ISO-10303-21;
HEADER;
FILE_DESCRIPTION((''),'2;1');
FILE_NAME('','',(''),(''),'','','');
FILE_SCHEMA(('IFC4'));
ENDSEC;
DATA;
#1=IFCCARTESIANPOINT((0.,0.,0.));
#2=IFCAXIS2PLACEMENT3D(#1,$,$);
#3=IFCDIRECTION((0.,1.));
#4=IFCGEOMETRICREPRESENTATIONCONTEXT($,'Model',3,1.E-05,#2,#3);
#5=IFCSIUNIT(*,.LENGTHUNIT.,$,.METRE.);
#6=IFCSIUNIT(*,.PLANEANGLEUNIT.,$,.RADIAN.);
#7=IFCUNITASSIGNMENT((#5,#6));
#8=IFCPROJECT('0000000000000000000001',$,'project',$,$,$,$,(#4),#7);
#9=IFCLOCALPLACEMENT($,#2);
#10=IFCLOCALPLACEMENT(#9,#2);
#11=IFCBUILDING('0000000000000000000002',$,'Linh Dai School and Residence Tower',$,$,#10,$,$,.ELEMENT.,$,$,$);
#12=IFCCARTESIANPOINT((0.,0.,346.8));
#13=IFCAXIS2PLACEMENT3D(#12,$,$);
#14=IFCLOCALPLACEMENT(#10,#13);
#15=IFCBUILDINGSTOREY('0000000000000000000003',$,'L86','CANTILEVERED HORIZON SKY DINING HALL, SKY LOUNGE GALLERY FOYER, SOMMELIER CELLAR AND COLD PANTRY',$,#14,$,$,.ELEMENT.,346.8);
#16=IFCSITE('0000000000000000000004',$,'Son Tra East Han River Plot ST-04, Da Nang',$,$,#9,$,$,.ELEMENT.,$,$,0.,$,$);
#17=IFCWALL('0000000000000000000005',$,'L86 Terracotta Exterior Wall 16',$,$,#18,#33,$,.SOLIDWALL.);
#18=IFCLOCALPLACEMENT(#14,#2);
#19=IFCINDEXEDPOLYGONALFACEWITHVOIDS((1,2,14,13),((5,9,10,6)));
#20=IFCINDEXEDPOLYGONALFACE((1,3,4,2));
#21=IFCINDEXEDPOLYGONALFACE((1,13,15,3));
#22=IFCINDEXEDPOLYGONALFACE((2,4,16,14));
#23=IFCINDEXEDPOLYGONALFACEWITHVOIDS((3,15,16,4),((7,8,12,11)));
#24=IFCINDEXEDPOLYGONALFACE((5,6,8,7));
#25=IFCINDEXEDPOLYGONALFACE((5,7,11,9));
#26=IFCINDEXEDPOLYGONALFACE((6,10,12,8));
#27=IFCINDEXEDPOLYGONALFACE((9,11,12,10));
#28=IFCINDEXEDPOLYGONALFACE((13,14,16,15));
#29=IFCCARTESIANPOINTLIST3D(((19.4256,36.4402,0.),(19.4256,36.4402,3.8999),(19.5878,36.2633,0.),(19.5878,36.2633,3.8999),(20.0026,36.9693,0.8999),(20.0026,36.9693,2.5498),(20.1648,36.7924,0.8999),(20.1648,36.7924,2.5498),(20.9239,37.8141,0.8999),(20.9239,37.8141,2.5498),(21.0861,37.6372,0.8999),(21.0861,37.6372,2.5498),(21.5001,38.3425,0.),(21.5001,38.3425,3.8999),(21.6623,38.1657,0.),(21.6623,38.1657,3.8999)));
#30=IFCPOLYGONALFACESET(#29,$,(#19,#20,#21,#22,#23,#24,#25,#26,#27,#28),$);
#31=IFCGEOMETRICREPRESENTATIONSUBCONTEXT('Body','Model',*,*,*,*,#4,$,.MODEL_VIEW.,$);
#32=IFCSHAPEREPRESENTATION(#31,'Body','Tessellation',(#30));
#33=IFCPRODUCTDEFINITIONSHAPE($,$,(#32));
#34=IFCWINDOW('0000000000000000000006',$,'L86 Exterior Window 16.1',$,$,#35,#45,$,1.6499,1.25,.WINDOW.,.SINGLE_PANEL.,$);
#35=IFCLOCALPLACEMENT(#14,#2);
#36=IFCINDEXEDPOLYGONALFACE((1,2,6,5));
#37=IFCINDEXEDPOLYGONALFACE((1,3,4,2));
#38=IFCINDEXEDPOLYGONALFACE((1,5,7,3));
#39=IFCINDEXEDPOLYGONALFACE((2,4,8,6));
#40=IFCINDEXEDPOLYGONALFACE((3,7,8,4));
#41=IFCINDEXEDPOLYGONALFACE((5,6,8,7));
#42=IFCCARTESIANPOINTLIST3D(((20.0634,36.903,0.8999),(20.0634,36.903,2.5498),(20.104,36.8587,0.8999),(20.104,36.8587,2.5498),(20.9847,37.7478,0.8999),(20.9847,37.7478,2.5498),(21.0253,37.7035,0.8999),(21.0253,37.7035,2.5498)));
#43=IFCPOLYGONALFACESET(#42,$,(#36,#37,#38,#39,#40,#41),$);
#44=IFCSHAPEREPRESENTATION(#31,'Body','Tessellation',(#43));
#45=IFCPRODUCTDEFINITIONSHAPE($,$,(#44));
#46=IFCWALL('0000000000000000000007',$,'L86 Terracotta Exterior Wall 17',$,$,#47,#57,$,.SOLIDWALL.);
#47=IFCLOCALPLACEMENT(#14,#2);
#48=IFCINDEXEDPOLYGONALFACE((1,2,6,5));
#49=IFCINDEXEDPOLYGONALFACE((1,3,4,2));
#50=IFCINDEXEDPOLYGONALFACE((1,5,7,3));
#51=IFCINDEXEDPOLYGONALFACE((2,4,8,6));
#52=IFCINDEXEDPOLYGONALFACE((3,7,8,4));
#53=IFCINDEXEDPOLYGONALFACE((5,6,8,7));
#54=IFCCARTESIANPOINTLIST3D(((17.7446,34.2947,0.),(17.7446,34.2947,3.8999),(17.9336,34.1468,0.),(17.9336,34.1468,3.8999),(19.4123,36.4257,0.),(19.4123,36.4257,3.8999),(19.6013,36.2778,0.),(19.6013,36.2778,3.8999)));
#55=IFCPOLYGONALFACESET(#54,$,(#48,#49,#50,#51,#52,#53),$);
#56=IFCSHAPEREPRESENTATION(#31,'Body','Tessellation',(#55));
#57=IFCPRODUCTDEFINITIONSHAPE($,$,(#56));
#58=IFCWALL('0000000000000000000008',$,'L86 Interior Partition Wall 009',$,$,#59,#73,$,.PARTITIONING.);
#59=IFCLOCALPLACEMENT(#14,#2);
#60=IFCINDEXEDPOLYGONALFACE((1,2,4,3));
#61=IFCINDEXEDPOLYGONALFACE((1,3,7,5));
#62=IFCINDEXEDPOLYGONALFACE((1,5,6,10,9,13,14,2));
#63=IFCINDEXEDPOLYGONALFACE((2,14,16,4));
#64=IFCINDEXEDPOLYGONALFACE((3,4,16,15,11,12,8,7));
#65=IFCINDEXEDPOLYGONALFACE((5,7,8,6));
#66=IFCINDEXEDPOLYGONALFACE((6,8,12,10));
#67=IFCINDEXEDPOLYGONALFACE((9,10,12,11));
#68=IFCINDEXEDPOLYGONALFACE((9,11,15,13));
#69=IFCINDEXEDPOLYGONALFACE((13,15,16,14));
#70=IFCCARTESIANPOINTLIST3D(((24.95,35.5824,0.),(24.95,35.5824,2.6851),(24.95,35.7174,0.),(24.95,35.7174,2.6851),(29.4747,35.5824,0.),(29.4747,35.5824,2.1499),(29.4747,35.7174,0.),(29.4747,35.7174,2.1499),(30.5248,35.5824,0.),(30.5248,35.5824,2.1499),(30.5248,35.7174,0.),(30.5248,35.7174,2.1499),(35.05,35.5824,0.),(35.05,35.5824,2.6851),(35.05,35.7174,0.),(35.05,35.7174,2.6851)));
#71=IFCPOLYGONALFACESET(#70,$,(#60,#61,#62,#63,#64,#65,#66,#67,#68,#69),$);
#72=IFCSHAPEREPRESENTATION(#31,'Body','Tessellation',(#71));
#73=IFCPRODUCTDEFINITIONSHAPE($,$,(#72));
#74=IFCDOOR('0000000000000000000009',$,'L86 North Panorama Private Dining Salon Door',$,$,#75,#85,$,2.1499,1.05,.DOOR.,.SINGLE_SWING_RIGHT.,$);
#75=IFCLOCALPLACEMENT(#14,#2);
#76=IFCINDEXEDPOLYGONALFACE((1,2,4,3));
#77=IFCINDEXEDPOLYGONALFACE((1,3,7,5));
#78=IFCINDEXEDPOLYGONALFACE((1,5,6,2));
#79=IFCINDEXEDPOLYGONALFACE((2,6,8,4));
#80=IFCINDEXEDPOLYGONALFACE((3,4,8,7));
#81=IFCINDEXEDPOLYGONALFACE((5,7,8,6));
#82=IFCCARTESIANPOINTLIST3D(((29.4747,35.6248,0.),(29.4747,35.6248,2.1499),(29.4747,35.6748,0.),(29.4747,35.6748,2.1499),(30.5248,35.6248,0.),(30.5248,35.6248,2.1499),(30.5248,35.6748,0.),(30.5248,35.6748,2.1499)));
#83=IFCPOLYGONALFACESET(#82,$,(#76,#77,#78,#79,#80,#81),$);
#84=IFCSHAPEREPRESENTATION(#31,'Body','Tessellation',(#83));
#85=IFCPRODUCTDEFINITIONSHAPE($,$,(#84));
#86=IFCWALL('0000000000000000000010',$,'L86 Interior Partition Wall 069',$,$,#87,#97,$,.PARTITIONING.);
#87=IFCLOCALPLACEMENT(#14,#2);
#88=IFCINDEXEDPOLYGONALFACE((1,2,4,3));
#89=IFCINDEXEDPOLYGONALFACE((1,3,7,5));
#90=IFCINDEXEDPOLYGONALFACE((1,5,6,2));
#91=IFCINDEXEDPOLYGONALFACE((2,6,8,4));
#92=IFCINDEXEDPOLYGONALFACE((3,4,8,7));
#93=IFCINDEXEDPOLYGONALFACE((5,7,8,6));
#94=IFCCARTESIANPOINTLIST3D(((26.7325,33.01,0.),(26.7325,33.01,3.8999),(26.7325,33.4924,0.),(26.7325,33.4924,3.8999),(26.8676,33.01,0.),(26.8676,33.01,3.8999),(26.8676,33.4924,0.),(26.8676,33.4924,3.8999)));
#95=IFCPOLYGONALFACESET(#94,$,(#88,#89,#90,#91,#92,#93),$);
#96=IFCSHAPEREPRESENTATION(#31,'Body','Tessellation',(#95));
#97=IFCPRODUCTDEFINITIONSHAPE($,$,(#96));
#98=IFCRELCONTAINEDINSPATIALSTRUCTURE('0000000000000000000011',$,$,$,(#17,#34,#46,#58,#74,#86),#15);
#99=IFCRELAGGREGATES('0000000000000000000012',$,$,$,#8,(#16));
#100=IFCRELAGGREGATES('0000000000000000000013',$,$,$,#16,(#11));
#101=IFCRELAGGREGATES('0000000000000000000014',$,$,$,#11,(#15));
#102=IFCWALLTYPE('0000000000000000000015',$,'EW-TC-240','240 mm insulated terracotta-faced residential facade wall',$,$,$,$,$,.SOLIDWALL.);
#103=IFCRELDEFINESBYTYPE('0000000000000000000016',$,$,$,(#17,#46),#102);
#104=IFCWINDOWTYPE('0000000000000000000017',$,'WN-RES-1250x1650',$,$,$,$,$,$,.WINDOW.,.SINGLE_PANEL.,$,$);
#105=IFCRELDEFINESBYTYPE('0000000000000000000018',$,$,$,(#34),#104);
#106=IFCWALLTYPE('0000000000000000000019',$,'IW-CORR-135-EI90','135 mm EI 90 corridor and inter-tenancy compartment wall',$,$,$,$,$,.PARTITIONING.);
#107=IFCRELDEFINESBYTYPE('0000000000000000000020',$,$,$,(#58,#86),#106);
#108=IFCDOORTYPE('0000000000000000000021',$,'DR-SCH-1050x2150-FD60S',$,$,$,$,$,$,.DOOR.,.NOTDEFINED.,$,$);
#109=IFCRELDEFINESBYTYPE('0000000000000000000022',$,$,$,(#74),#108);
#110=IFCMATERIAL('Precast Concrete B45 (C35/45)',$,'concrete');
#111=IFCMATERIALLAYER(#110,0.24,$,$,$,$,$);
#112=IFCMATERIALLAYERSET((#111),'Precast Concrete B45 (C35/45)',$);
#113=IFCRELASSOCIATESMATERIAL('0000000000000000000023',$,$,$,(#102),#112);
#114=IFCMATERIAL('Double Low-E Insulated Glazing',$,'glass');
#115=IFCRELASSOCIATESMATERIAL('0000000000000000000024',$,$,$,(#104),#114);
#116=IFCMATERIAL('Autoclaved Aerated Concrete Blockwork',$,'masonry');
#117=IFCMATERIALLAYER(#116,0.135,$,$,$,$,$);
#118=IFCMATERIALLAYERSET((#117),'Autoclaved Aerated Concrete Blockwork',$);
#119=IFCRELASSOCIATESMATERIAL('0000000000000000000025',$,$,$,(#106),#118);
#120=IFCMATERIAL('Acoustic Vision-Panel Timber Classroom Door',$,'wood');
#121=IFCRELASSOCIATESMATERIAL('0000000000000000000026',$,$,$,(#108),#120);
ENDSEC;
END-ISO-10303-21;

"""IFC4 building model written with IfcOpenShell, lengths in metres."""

from ifc_helpers import new_model, si_unit, direction, frame, frame_2d, origin, origin_2d, place, context, subcontext, project, spatial, rectangle, extrude, source, transform, mapped, material, layer, layer_set, type_object, element, fill, save


model = new_model("IFC4")

# Units and contexts
model_context = context("Model", 3, precision=1e-05, world=origin(), true_north=direction((0.0, 1.0)))
body_context = subcontext(model_context, "Body", "Model", "MODEL_VIEW")
ifc_project = project(units=[si_unit("LENGTHUNIT", "METRE"), si_unit("PLANEANGLEUNIT", "RADIAN")], contexts=[model_context])

# Site, building, storey
site_placement = place(None, origin())
site = spatial("IfcSite", under=ifc_project, at=site_placement, Name="Son Tra East Han River Plot ST-04, Da Nang", CompositionType="ELEMENT", RefElevation=0.0)
building_placement = place(site_placement, origin())
building = spatial("IfcBuilding", under=site, at=building_placement, Name="Linh Dai School and Residence Tower", CompositionType="ELEMENT")
storey_placement = place(building_placement, frame((0.0, 0.0, 346.8)))
storey = spatial("IfcBuildingStorey", under=building, at=storey_placement, Name="L86", Description="CANTILEVERED HORIZON SKY DINING HALL, SKY LOUNGE GALLERY FOYER, SOMMELIER CELLAR AND COLD PANTRY", CompositionType="ELEMENT", Elevation=346.8)

# Shared definitions
ifc_material_1 = material(Name="Double Low-E Insulated Glazing", Category="glass")

# Wall, opening, window
ifc_material_2 = material(Name="Precast Concrete B45 (C35/45)", Category="concrete")
ifc_layer_1 = layer(ifc_material_2, 0.24)
ifc_layer_set_1 = layer_set([ifc_layer_1], Name="Precast Concrete B45 (C35/45)")
wall_type_1 = type_object("IfcWallType", Name="EW-TC-240", Description="240 mm insulated terracotta-faced residential facade wall", PredefinedType="SOLIDWALL", material=ifc_layer_set_1)
window_type_1 = type_object("IfcWindowType", Name="WN-RES-1250x1650", PartitioningType="SINGLE_PANEL", PredefinedType="WINDOW", material=ifc_material_1)
shared_shape_1 = source(origin(), body_context, "Body", "SweptSolid", [
    extrude(rectangle(XDim=1.25, YDim=1.6499, at=origin_2d()), frame((0.625, 0.03, 0.825), z_axis=(0.0, -1.0, 0.0), x_axis=(1.0, 0.0, 0.0)), (0.0, 0.0, 1.0), 0.0601),
])
wall_1_placement = place(storey_placement, frame((19.5068, 36.3518, 0.0), z_axis=(0.0, 0.0, 1.0), x_axis=(0.737021, 0.67587, 0.0)))
wall_1 = element("IfcWall", 1, at=wall_1_placement, inside=storey, type_object=wall_type_1, Name="L86 Terracotta Exterior Wall 16", PredefinedType="SOLIDWALL", context=body_context, shape_type="SweptSolid", body=[
    extrude(rectangle(XDim=2.8147, YDim=0.24, at=frame_2d((1.4072, 0.0))), origin(), (0.0, 0.0, 1.0), 3.8999),
])
opening_1_placement = place(wall_1_placement, frame((0.7827, 0.0, 0.8999)))
opening_1 = element("IfcOpeningElement", 2, at=opening_1_placement, cuts=wall_1, PredefinedType="OPENING", context=body_context, shape_type="SweptSolid", body=[
    extrude(rectangle(XDim=1.25, YDim=1.6499, at=origin_2d()), frame((0.625, 0.1299, 0.825), z_axis=(0.0, -1.0, 0.0), x_axis=(1.0, 0.0, 0.0)), (0.0, 0.0, 1.0), 0.26),
])
window_1_placement = place(opening_1_placement, origin())
window_1 = element("IfcWindow", 3, at=window_1_placement, inside=storey, type_object=window_type_1, Name="L86 Exterior Window 16.1", OverallHeight=1.6499, OverallWidth=1.25, PartitioningType="SINGLE_PANEL", PredefinedType="WINDOW", context=body_context, shape_type="MappedRepresentation", body=[
    mapped(shared_shape_1, transform((0.0, 0.0, 0.0), x_axis=(1.0, 0.0, 0.0), y_axis=(0.0, 1.0, 0.0), z_axis=(0.0, 0.0, 1.0), scale=1.0)),
])
fill(opening_1, window_1)

# Wall
wall_2_placement = place(storey_placement, frame((17.8391, 34.2207, 0.0), z_axis=(0.0, 0.0, 1.0), x_axis=(0.616286, 0.787522, 0.0)))
element("IfcWall", 4, at=wall_2_placement, inside=storey, type_object=wall_type_1, Name="L86 Terracotta Exterior Wall 17", PredefinedType="SOLIDWALL", context=body_context, shape_type="SweptSolid", body=[
    extrude(rectangle(XDim=2.7061, YDim=0.24, at=frame_2d((1.353, 0.0))), origin(), (0.0, 0.0, 1.0), 3.8999),
])

# Wall, opening, door
ifc_material_3 = material(Name="Autoclaved Aerated Concrete Blockwork", Category="masonry")
ifc_layer_2 = layer(ifc_material_3, 0.135)
ifc_layer_set_2 = layer_set([ifc_layer_2], Name="Autoclaved Aerated Concrete Blockwork")
wall_type_2 = type_object("IfcWallType", Name="IW-CORR-135-EI90", Description="135 mm EI 90 corridor and inter-tenancy compartment wall", PredefinedType="PARTITIONING", material=ifc_layer_set_2)
wall_3_placement = place(storey_placement, frame((24.95, 35.6499, 0.0), z_axis=(0.0, 0.0, 1.0), x_axis=(1.0, 0.0, 0.0)))
wall_3 = element("IfcWall", 5, at=wall_3_placement, inside=storey, type_object=wall_type_2, Name="L86 Interior Partition Wall 009", PredefinedType="PARTITIONING", context=body_context, shape_type="SweptSolid", body=[
    extrude(rectangle(XDim=10.1001, YDim=0.135, at=frame_2d((5.05, 0.0))), origin(), (0.0, 0.0, 1.0), 2.6851),
])
opening_2_placement = place(wall_3_placement, frame((4.5249, 0.0, 0.0)))
opening_2 = element("IfcOpeningElement", 6, at=opening_2_placement, cuts=wall_3, PredefinedType="OPENING", context=body_context, shape_type="SweptSolid", body=[
    extrude(rectangle(XDim=1.05, YDim=2.1499, at=origin_2d()), frame((0.5249, 0.0776, 1.075), z_axis=(0.0, -1.0, 0.0), x_axis=(1.0, 0.0, 0.0)), (0.0, 0.0, 1.0), 0.155),
])
ifc_material_4 = material(Name="Acoustic Vision-Panel Timber Classroom Door", Category="wood")
door_type = type_object("IfcDoorType", Name="DR-SCH-1050x2150-FD60S", OperationType="NOTDEFINED", PredefinedType="DOOR", material=ifc_material_4)
shared_shape_2 = source(origin(), body_context, "Body", "SweptSolid", [
    extrude(rectangle(XDim=1.05, YDim=2.1499, at=origin_2d()), frame((0.5249, 0.0249, 1.075), z_axis=(0.0, -1.0, 0.0), x_axis=(1.0, 0.0, 0.0)), (0.0, 0.0, 1.0), 0.05),
])
door_placement = place(opening_2_placement, origin())
door = element("IfcDoor", 7, at=door_placement, inside=storey, type_object=door_type, Name="L86 North Panorama Private Dining Salon Door", OperationType="SINGLE_SWING_RIGHT", OverallHeight=2.1499, OverallWidth=1.05, PredefinedType="DOOR", context=body_context, shape_type="MappedRepresentation", body=[
    mapped(shared_shape_2, transform((0.0, 0.0, 0.0), x_axis=(1.0, 0.0, 0.0), y_axis=(0.0, 1.0, 0.0), z_axis=(0.0, 0.0, 1.0), scale=1.0)),
])
fill(opening_2, door)

# Wall
wall_4_placement = place(storey_placement, frame((26.8, 33.4924, 0.0), z_axis=(0.0, 0.0, 1.0), x_axis=(0.0, -1.0, 0.0)))
element("IfcWall", 8, at=wall_4_placement, inside=storey, type_object=wall_type_2, Name="L86 Interior Partition Wall 069", PredefinedType="PARTITIONING", context=body_context, shape_type="SweptSolid", body=[
    extrude(rectangle(XDim=0.4824, YDim=0.135, at=frame_2d((0.2412, 0.0))), origin(), (0.0, 0.0, 1.0), 3.8999),
])

save(model, "model.ifc")
